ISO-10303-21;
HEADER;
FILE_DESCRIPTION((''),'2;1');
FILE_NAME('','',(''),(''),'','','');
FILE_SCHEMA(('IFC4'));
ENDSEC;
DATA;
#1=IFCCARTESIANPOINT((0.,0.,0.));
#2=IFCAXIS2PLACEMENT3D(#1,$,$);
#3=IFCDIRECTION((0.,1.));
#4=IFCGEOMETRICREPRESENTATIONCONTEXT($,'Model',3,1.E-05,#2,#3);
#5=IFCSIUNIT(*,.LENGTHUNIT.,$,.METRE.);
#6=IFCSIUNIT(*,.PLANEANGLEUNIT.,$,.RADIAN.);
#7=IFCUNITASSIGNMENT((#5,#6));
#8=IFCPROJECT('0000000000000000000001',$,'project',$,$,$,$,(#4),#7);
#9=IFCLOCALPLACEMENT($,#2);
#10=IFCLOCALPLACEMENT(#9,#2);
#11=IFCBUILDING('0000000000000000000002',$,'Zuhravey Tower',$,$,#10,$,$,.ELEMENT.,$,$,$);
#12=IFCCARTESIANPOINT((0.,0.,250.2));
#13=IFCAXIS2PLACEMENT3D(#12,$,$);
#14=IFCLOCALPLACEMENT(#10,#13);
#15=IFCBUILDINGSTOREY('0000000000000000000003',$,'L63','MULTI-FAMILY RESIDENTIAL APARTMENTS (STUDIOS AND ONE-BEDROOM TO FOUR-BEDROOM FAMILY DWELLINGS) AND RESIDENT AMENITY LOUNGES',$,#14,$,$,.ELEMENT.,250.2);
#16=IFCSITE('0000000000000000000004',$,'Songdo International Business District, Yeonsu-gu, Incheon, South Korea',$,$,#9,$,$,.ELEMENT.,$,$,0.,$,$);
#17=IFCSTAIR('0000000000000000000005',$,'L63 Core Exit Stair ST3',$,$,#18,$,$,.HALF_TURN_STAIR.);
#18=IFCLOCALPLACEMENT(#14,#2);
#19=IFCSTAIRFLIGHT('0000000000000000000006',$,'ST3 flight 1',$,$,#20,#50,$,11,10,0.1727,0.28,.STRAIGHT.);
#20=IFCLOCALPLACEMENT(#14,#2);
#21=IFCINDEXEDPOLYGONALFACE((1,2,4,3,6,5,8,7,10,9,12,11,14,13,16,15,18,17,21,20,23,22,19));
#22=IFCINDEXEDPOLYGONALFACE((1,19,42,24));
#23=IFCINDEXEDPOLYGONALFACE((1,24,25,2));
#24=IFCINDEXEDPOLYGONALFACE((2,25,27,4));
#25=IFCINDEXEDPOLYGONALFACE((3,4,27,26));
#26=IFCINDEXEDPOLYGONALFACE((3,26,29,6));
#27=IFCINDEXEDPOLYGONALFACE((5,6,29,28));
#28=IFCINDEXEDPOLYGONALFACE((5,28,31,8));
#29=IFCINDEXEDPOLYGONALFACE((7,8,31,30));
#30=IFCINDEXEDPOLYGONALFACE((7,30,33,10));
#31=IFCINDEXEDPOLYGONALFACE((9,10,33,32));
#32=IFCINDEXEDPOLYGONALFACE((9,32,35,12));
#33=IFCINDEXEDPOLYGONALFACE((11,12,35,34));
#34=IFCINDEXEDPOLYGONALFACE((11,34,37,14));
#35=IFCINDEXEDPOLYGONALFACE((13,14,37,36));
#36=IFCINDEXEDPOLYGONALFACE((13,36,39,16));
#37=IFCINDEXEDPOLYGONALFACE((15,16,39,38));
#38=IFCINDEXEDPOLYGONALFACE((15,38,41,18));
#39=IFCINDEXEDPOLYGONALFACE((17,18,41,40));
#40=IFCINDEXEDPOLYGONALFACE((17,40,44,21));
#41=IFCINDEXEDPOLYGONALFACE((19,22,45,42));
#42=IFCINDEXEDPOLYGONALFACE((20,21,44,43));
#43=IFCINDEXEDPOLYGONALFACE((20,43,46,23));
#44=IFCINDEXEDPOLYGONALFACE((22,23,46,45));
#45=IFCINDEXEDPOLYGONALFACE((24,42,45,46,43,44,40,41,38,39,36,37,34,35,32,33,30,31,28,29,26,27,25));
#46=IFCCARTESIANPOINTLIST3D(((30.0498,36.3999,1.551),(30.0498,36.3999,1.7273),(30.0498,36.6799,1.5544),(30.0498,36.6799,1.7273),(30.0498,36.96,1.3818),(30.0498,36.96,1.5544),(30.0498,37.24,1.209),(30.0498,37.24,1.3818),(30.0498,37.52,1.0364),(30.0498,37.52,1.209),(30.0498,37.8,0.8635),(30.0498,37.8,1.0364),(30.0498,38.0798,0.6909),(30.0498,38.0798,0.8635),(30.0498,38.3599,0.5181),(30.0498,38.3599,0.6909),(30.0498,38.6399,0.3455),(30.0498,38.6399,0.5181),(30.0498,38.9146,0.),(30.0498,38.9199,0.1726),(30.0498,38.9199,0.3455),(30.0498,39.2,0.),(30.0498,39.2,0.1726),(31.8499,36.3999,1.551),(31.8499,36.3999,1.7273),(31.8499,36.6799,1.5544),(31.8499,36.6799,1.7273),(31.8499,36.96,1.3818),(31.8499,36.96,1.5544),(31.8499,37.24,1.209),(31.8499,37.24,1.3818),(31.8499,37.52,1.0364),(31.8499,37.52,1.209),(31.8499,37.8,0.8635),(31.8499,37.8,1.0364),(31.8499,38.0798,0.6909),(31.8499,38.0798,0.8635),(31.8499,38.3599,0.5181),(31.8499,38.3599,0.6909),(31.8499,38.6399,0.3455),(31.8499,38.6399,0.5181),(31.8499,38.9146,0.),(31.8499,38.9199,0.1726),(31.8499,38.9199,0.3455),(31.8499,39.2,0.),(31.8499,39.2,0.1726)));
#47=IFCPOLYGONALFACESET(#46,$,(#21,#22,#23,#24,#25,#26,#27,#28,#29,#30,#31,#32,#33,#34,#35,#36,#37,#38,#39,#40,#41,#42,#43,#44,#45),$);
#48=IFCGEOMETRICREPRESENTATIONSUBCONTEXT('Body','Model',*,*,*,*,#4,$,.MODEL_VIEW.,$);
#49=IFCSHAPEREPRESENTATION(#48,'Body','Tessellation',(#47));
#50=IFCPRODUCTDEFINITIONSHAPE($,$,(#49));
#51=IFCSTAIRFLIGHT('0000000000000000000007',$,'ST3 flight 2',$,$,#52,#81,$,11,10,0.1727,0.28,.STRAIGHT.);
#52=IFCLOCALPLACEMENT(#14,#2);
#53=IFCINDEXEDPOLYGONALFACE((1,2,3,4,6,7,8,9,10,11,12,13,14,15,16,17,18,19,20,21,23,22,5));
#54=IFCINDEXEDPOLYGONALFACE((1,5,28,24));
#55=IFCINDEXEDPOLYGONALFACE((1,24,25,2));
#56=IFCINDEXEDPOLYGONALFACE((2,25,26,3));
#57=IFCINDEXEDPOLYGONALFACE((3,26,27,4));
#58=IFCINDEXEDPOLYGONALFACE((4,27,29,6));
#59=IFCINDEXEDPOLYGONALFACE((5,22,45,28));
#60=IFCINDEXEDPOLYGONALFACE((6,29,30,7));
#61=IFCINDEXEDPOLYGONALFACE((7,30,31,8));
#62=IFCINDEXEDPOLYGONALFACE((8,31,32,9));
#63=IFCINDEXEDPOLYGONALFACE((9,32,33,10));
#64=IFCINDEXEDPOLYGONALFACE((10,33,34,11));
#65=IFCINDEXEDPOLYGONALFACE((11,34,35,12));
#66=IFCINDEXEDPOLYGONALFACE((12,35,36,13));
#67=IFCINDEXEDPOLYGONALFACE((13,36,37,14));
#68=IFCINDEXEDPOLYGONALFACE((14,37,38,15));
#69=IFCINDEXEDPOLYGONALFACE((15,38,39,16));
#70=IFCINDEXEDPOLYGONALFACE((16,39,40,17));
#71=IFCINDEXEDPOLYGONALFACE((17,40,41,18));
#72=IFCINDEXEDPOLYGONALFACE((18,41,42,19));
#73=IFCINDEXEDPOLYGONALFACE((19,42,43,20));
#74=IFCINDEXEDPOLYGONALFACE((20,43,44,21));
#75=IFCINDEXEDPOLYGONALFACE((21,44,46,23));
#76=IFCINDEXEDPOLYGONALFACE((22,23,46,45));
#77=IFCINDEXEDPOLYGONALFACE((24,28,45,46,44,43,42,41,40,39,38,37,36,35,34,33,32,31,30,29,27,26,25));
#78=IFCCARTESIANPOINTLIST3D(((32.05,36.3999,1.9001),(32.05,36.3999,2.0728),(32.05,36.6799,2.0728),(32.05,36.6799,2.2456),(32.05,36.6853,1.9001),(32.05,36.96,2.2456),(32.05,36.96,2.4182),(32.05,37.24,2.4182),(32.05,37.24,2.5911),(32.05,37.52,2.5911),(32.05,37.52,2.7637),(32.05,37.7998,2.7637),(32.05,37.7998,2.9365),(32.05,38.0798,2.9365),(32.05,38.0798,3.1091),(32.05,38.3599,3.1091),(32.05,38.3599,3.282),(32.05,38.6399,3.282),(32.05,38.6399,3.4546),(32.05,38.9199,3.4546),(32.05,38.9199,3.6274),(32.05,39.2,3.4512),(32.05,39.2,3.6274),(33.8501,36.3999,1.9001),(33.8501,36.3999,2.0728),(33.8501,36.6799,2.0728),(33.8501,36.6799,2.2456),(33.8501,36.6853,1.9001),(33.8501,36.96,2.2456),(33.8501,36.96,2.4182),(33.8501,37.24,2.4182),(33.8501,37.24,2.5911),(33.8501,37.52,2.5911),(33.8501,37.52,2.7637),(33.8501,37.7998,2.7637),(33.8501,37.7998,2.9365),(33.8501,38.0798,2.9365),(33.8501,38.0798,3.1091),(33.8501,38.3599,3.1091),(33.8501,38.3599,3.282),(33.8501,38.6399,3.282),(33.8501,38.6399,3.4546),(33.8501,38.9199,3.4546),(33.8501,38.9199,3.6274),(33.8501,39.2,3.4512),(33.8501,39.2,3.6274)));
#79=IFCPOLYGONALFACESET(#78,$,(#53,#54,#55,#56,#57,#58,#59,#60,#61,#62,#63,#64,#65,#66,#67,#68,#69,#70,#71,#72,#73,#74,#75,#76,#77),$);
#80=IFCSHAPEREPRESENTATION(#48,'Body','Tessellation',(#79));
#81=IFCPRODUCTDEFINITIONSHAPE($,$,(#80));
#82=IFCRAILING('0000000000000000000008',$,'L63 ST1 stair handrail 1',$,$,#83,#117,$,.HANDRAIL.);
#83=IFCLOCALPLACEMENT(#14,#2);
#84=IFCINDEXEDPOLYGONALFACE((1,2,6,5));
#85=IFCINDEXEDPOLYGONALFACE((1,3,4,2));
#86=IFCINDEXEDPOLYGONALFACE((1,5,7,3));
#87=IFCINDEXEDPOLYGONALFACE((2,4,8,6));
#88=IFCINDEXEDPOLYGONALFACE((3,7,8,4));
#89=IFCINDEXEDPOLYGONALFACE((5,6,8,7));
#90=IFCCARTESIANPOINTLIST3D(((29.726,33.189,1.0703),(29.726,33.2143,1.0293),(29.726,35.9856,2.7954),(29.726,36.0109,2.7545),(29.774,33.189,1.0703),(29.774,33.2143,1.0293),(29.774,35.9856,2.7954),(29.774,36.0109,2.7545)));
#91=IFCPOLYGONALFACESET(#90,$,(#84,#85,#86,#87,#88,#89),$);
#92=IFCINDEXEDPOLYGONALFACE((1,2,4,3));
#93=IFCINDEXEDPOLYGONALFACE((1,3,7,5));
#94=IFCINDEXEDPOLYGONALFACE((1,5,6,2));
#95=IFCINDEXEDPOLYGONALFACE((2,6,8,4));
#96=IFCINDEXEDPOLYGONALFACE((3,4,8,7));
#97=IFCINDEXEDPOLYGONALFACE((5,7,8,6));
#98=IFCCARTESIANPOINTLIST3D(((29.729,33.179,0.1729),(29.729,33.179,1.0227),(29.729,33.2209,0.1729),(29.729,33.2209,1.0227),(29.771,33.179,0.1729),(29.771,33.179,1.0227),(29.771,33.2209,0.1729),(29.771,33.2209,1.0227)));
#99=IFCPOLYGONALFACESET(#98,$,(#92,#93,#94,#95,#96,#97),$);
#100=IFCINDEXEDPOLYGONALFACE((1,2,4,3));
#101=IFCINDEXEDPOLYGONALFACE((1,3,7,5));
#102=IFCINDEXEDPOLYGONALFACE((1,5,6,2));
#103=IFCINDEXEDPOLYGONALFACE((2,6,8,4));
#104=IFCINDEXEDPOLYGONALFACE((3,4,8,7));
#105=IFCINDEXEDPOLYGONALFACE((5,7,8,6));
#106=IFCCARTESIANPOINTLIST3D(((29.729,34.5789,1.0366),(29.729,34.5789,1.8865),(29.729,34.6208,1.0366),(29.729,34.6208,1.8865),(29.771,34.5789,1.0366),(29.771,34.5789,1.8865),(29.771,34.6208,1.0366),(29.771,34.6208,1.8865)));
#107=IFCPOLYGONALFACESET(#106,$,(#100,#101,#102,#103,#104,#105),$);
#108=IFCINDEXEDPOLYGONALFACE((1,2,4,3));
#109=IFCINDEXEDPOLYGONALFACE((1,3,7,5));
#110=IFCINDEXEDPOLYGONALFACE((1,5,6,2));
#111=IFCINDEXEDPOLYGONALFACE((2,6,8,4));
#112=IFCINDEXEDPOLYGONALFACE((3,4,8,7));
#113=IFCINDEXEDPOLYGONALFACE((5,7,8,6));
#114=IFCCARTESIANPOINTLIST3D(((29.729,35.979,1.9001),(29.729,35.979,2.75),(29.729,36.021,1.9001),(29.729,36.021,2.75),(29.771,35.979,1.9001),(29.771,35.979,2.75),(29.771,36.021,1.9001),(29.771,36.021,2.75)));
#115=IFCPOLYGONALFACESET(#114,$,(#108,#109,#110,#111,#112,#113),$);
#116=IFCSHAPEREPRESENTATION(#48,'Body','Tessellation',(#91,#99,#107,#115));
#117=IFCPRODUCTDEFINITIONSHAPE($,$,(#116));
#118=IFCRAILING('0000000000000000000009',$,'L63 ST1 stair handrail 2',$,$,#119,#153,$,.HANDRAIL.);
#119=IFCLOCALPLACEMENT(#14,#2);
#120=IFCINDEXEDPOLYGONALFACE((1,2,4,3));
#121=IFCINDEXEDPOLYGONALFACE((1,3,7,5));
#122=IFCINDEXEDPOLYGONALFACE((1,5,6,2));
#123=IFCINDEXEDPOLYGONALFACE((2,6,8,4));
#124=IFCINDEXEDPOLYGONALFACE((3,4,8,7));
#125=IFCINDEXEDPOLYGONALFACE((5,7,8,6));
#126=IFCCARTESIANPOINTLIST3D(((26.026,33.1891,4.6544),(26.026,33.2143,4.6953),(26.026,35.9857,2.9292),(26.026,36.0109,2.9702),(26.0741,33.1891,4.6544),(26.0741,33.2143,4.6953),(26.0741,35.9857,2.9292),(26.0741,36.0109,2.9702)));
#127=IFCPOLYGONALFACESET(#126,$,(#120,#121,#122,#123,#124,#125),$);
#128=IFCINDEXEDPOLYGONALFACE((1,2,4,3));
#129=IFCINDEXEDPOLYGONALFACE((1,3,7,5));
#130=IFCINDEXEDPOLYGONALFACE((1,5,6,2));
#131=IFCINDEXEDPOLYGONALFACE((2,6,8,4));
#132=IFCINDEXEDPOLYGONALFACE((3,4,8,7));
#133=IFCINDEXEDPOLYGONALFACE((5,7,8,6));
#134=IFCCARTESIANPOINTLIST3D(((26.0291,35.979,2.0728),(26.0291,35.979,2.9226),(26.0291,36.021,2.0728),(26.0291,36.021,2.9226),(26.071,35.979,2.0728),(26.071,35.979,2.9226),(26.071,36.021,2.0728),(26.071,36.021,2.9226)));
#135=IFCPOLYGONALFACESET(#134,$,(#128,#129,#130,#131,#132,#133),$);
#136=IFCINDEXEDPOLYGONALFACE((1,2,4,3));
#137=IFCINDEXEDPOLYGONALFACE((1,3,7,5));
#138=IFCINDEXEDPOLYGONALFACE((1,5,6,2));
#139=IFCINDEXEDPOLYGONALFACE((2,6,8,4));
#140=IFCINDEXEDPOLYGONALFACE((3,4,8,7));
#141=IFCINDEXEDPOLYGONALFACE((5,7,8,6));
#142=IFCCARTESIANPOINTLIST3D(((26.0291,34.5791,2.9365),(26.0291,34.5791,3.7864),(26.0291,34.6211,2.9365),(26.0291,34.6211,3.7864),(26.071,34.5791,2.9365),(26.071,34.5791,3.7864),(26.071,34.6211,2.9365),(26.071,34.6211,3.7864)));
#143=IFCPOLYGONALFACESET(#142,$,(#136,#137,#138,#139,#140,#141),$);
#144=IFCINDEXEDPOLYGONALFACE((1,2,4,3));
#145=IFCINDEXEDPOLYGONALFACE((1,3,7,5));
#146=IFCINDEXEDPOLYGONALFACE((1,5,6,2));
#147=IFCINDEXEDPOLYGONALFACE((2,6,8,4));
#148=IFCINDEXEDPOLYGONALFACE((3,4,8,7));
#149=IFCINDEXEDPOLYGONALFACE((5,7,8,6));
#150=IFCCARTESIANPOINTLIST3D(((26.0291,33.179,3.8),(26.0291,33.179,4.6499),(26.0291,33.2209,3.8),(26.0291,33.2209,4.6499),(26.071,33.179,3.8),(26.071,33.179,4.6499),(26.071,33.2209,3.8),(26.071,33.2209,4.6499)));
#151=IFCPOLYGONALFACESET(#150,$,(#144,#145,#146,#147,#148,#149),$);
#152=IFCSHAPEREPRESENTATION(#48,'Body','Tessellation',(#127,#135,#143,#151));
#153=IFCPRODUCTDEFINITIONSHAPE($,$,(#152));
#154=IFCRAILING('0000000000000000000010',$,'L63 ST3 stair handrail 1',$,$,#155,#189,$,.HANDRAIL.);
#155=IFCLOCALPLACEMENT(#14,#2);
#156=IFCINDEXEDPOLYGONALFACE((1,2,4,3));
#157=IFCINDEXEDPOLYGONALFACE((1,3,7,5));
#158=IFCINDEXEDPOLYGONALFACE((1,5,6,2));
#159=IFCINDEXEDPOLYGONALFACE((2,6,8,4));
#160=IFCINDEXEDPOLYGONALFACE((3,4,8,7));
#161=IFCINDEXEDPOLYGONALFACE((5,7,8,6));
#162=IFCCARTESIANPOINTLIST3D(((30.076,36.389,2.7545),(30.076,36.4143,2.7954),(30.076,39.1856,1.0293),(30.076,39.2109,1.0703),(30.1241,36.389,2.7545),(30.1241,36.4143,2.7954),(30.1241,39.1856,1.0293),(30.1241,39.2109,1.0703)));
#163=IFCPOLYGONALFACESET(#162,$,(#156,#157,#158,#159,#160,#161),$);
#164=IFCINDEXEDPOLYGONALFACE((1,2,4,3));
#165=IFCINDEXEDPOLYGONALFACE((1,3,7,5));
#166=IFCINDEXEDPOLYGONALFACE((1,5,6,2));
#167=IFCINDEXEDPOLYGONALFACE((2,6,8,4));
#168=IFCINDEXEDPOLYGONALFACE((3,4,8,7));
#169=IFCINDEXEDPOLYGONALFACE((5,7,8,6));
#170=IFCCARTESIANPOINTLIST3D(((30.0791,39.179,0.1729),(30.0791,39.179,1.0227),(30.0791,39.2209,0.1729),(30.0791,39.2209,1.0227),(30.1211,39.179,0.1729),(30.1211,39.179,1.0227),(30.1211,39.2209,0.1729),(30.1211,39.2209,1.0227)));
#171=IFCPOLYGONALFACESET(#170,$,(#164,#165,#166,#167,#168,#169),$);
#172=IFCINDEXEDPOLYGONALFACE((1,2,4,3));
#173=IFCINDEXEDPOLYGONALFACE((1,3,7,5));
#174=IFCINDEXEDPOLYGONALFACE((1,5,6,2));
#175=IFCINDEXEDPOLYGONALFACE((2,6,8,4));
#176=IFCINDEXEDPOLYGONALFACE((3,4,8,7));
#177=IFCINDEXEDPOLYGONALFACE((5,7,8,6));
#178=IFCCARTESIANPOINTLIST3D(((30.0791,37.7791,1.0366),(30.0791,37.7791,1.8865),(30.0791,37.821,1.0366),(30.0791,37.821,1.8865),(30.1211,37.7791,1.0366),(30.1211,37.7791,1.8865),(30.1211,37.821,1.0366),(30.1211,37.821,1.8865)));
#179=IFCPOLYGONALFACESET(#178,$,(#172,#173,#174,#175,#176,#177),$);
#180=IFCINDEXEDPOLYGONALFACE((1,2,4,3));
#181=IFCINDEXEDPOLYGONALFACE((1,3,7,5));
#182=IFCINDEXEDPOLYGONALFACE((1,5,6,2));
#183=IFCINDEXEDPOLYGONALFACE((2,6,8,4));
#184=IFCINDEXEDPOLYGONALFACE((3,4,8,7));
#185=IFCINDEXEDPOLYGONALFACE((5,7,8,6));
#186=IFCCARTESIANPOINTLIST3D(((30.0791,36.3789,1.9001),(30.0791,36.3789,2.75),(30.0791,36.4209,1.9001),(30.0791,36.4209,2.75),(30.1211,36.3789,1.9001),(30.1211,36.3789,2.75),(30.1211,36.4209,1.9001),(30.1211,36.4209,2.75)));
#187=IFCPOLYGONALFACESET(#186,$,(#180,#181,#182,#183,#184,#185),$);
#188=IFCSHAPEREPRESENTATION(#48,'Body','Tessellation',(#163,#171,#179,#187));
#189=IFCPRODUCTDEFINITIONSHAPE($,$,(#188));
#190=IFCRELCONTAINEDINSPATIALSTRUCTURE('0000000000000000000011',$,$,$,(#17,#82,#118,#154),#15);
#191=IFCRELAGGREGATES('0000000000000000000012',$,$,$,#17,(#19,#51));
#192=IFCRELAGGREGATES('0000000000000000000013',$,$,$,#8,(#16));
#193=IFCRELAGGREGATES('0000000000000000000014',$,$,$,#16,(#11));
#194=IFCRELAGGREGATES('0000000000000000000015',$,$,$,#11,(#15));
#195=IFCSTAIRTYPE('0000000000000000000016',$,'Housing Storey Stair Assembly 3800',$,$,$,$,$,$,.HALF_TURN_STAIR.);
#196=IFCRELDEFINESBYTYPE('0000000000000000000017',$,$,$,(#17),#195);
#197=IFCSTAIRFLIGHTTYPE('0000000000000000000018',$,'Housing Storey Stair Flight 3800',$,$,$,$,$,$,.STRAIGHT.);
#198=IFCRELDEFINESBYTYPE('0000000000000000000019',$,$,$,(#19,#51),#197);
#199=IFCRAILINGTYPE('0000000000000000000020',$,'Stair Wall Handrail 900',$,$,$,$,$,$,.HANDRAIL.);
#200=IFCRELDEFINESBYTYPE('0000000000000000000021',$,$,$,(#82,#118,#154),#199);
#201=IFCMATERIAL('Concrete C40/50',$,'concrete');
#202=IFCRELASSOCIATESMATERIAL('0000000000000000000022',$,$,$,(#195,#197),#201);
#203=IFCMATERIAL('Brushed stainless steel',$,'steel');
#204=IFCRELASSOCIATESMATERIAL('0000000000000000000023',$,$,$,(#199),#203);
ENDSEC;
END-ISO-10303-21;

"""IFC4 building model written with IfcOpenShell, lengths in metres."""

from ifc_helpers import new_model, si_unit, direction, frame, origin, origin_2d, place, context, subcontext, project, spatial, polyline, rectangle, outline, extrude, material, type_object, element, aggregate, save


model = new_model("IFC4")

# Units and contexts
model_context = context("Model", 3, precision=1e-05, world=origin(), true_north=direction((0.0, 1.0)))
body_context = subcontext(model_context, "Body", "Model", "MODEL_VIEW")
ifc_project = project(units=[si_unit("LENGTHUNIT", "METRE"), si_unit("PLANEANGLEUNIT", "RADIAN")], contexts=[model_context])

# Site, building, storey
site_placement = place(None, origin())
site = spatial("IfcSite", under=ifc_project, at=site_placement, Name="Songdo International Business District, Yeonsu-gu, Incheon, South Korea", CompositionType="ELEMENT", RefElevation=0.0)
building_placement = place(site_placement, origin())
building = spatial("IfcBuilding", under=site, at=building_placement, Name="Zuhravey Tower", CompositionType="ELEMENT")
storey_placement = place(building_placement, frame((0.0, 0.0, 250.2)))
storey = spatial("IfcBuildingStorey", under=building, at=storey_placement, Name="L63", Description="MULTI-FAMILY RESIDENTIAL APARTMENTS (STUDIOS AND ONE-BEDROOM TO FOUR-BEDROOM FAMILY DWELLINGS) AND RESIDENT AMENITY LOUNGES", CompositionType="ELEMENT", Elevation=250.2)

# Stair, stair flights
ifc_material_1 = material(Name="Concrete C40/50", Category="concrete")
stair_type = type_object("IfcStairType", Name="Housing Storey Stair Assembly 3800", PredefinedType="HALF_TURN_STAIR", material=ifc_material_1)
stair_flight_type = type_object("IfcStairFlightType", Name="Housing Storey Stair Flight 3800", PredefinedType="STRAIGHT", material=ifc_material_1)
stair_1_placement = place(storey_placement, origin())
stair_1 = element("IfcStair", 1, at=stair_1_placement, inside=storey, type_object=stair_type, Name="L63 Core Exit Stair ST3", PredefinedType="HALF_TURN_STAIR")
stair_flight_1_placement = place(storey_placement, frame((30.95, 39.2, 0.0), z_axis=(0.0, 0.0, 1.0), x_axis=(0.0, -1.0, 0.0)))
stair_flight_1 = element("IfcStairFlight", 2, at=stair_flight_1_placement, type_object=stair_flight_type, Name="ST3 flight 1", NumberOfRisers=11, NumberOfTreads=10, PredefinedType="STRAIGHT", RiserHeight=0.1727, TreadLength=0.28, context=body_context, shape_type="SweptSolid", body=[
    extrude(outline(polyline([(0.0, 0.0), (0.0, 0.1726), (0.28, 0.1726), (0.28, 0.3455), (0.5601, 0.3455), (0.5601, 0.5181), (0.8401, 0.5181), (0.8401, 0.6909), (1.1201, 0.6909), (1.1201, 0.8635), (1.3999, 0.8635), (1.3999, 1.0364), (1.6799, 1.0364), (1.6799, 1.209), (1.96, 1.209), (1.96, 1.3818), (2.24, 1.3818), (2.24, 1.5544), (2.52, 1.5544), (2.52, 1.7273), (2.8, 1.7273), (2.8, 1.8999), (2.8, 1.551), (0.2854, 0.0), (0.0, 0.0)])), frame((0.0, 0.8999, 0.0), z_axis=(0.0, -1.0, 0.0), x_axis=(1.0, 0.0, 0.0)), (0.0, 0.0, 1.0), 1.8),
])
stair_flight_2_placement = place(storey_placement, frame((32.95, 36.3999, 1.9001), z_axis=(0.0, 0.0, 1.0), x_axis=(0.0, 1.0, 0.0)))
stair_flight_2 = element("IfcStairFlight", 3, at=stair_flight_2_placement, type_object=stair_flight_type, Name="ST3 flight 2", NumberOfRisers=11, NumberOfTreads=10, PredefinedType="STRAIGHT", RiserHeight=0.1727, TreadLength=0.28, context=body_context, shape_type="SweptSolid", body=[
    extrude(outline(polyline([(0.0, 0.0), (0.0, 0.1726), (0.28, 0.1726), (0.28, 0.3455), (0.5601, 0.3455), (0.5601, 0.5181), (0.8401, 0.5181), (0.8401, 0.6909), (1.1201, 0.6909), (1.1201, 0.8635), (1.3999, 0.8635), (1.3999, 1.0364), (1.6799, 1.0364), (1.6799, 1.209), (1.96, 1.209), (1.96, 1.3818), (2.24, 1.3818), (2.24, 1.5544), (2.52, 1.5544), (2.52, 1.7273), (2.8, 1.7273), (2.8, 1.8999), (2.8, 1.551), (0.2854, 0.0), (0.0, 0.0)])), frame((0.0, 0.8999, 0.0), z_axis=(0.0, -1.0, 0.0), x_axis=(1.0, 0.0, 0.0)), (0.0, 0.0, 1.0), 1.8),
])
aggregate(stair_1, [stair_flight_1, stair_flight_2])

# Railings
ifc_material_2 = material(Name="Brushed stainless steel", Category="steel")
railing_type_1 = type_object("IfcRailingType", Name="Stair Wall Handrail 900", PredefinedType="HANDRAIL", material=ifc_material_2)
railing_1_placement = place(storey_placement, frame((29.75, 33.2, 0.1729)))
element("IfcRailing", 4, at=railing_1_placement, inside=storey, type_object=railing_type_1, Name="L63 ST1 stair handrail 1", PredefinedType="HANDRAIL", context=body_context, shape_type="SweptSolid", body=[
    extrude(rectangle(XDim=0.0481, YDim=0.0481, at=origin_2d()), frame((0.0, 0.0017, 0.877), z_axis=(0.0, 0.85109, 0.52502), x_axis=(-1.0, 0.0, 0.0)), (0.0, 0.0, 1.0), 3.2859),
    extrude(rectangle(XDim=0.042, YDim=0.042, at=origin_2d()), origin(), (0.0, 0.0, 1.0), 0.8499),
    extrude(rectangle(XDim=0.042, YDim=0.042, at=origin_2d()), frame((0.0, 1.3999, 0.8638)), (0.0, 0.0, 1.0), 0.8499),
    extrude(rectangle(XDim=0.042, YDim=0.042, at=origin_2d()), frame((0.0, 2.8, 1.7273)), (0.0, 0.0, 1.0), 0.8499),
])
for number, where, name in (
    (5, (26.05, 36.0, 2.0728), "L63 ST1 stair handrail 2"),
    (6, (30.1001, 39.2, 0.1729), "L63 ST3 stair handrail 1"),
):
    element("IfcRailing", number, at=place(storey_placement, frame(where)), inside=storey, type_object=railing_type_1, Name=name, PredefinedType="HANDRAIL", context=body_context, shape_type="SweptSolid", body=[
        extrude(rectangle(XDim=0.0481, YDim=0.0481, at=origin_2d()), frame((0.0, -0.0017, 0.877), z_axis=(0.0, -0.85109, 0.52502), x_axis=(1.0, 0.0, 0.0)), (0.0, 0.0, 1.0), 3.2859),
        extrude(rectangle(XDim=0.042, YDim=0.042, at=origin_2d()), origin(), (0.0, 0.0, 1.0), 0.8499),
        extrude(rectangle(XDim=0.042, YDim=0.042, at=origin_2d()), frame((0.0, -1.3999, 0.8638)), (0.0, 0.0, 1.0), 0.8499),
        extrude(rectangle(XDim=0.042, YDim=0.042, at=origin_2d()), frame((0.0, -2.8, 1.7273)), (0.0, 0.0, 1.0), 0.8499),
    ])

save(model, "model.ifc")
